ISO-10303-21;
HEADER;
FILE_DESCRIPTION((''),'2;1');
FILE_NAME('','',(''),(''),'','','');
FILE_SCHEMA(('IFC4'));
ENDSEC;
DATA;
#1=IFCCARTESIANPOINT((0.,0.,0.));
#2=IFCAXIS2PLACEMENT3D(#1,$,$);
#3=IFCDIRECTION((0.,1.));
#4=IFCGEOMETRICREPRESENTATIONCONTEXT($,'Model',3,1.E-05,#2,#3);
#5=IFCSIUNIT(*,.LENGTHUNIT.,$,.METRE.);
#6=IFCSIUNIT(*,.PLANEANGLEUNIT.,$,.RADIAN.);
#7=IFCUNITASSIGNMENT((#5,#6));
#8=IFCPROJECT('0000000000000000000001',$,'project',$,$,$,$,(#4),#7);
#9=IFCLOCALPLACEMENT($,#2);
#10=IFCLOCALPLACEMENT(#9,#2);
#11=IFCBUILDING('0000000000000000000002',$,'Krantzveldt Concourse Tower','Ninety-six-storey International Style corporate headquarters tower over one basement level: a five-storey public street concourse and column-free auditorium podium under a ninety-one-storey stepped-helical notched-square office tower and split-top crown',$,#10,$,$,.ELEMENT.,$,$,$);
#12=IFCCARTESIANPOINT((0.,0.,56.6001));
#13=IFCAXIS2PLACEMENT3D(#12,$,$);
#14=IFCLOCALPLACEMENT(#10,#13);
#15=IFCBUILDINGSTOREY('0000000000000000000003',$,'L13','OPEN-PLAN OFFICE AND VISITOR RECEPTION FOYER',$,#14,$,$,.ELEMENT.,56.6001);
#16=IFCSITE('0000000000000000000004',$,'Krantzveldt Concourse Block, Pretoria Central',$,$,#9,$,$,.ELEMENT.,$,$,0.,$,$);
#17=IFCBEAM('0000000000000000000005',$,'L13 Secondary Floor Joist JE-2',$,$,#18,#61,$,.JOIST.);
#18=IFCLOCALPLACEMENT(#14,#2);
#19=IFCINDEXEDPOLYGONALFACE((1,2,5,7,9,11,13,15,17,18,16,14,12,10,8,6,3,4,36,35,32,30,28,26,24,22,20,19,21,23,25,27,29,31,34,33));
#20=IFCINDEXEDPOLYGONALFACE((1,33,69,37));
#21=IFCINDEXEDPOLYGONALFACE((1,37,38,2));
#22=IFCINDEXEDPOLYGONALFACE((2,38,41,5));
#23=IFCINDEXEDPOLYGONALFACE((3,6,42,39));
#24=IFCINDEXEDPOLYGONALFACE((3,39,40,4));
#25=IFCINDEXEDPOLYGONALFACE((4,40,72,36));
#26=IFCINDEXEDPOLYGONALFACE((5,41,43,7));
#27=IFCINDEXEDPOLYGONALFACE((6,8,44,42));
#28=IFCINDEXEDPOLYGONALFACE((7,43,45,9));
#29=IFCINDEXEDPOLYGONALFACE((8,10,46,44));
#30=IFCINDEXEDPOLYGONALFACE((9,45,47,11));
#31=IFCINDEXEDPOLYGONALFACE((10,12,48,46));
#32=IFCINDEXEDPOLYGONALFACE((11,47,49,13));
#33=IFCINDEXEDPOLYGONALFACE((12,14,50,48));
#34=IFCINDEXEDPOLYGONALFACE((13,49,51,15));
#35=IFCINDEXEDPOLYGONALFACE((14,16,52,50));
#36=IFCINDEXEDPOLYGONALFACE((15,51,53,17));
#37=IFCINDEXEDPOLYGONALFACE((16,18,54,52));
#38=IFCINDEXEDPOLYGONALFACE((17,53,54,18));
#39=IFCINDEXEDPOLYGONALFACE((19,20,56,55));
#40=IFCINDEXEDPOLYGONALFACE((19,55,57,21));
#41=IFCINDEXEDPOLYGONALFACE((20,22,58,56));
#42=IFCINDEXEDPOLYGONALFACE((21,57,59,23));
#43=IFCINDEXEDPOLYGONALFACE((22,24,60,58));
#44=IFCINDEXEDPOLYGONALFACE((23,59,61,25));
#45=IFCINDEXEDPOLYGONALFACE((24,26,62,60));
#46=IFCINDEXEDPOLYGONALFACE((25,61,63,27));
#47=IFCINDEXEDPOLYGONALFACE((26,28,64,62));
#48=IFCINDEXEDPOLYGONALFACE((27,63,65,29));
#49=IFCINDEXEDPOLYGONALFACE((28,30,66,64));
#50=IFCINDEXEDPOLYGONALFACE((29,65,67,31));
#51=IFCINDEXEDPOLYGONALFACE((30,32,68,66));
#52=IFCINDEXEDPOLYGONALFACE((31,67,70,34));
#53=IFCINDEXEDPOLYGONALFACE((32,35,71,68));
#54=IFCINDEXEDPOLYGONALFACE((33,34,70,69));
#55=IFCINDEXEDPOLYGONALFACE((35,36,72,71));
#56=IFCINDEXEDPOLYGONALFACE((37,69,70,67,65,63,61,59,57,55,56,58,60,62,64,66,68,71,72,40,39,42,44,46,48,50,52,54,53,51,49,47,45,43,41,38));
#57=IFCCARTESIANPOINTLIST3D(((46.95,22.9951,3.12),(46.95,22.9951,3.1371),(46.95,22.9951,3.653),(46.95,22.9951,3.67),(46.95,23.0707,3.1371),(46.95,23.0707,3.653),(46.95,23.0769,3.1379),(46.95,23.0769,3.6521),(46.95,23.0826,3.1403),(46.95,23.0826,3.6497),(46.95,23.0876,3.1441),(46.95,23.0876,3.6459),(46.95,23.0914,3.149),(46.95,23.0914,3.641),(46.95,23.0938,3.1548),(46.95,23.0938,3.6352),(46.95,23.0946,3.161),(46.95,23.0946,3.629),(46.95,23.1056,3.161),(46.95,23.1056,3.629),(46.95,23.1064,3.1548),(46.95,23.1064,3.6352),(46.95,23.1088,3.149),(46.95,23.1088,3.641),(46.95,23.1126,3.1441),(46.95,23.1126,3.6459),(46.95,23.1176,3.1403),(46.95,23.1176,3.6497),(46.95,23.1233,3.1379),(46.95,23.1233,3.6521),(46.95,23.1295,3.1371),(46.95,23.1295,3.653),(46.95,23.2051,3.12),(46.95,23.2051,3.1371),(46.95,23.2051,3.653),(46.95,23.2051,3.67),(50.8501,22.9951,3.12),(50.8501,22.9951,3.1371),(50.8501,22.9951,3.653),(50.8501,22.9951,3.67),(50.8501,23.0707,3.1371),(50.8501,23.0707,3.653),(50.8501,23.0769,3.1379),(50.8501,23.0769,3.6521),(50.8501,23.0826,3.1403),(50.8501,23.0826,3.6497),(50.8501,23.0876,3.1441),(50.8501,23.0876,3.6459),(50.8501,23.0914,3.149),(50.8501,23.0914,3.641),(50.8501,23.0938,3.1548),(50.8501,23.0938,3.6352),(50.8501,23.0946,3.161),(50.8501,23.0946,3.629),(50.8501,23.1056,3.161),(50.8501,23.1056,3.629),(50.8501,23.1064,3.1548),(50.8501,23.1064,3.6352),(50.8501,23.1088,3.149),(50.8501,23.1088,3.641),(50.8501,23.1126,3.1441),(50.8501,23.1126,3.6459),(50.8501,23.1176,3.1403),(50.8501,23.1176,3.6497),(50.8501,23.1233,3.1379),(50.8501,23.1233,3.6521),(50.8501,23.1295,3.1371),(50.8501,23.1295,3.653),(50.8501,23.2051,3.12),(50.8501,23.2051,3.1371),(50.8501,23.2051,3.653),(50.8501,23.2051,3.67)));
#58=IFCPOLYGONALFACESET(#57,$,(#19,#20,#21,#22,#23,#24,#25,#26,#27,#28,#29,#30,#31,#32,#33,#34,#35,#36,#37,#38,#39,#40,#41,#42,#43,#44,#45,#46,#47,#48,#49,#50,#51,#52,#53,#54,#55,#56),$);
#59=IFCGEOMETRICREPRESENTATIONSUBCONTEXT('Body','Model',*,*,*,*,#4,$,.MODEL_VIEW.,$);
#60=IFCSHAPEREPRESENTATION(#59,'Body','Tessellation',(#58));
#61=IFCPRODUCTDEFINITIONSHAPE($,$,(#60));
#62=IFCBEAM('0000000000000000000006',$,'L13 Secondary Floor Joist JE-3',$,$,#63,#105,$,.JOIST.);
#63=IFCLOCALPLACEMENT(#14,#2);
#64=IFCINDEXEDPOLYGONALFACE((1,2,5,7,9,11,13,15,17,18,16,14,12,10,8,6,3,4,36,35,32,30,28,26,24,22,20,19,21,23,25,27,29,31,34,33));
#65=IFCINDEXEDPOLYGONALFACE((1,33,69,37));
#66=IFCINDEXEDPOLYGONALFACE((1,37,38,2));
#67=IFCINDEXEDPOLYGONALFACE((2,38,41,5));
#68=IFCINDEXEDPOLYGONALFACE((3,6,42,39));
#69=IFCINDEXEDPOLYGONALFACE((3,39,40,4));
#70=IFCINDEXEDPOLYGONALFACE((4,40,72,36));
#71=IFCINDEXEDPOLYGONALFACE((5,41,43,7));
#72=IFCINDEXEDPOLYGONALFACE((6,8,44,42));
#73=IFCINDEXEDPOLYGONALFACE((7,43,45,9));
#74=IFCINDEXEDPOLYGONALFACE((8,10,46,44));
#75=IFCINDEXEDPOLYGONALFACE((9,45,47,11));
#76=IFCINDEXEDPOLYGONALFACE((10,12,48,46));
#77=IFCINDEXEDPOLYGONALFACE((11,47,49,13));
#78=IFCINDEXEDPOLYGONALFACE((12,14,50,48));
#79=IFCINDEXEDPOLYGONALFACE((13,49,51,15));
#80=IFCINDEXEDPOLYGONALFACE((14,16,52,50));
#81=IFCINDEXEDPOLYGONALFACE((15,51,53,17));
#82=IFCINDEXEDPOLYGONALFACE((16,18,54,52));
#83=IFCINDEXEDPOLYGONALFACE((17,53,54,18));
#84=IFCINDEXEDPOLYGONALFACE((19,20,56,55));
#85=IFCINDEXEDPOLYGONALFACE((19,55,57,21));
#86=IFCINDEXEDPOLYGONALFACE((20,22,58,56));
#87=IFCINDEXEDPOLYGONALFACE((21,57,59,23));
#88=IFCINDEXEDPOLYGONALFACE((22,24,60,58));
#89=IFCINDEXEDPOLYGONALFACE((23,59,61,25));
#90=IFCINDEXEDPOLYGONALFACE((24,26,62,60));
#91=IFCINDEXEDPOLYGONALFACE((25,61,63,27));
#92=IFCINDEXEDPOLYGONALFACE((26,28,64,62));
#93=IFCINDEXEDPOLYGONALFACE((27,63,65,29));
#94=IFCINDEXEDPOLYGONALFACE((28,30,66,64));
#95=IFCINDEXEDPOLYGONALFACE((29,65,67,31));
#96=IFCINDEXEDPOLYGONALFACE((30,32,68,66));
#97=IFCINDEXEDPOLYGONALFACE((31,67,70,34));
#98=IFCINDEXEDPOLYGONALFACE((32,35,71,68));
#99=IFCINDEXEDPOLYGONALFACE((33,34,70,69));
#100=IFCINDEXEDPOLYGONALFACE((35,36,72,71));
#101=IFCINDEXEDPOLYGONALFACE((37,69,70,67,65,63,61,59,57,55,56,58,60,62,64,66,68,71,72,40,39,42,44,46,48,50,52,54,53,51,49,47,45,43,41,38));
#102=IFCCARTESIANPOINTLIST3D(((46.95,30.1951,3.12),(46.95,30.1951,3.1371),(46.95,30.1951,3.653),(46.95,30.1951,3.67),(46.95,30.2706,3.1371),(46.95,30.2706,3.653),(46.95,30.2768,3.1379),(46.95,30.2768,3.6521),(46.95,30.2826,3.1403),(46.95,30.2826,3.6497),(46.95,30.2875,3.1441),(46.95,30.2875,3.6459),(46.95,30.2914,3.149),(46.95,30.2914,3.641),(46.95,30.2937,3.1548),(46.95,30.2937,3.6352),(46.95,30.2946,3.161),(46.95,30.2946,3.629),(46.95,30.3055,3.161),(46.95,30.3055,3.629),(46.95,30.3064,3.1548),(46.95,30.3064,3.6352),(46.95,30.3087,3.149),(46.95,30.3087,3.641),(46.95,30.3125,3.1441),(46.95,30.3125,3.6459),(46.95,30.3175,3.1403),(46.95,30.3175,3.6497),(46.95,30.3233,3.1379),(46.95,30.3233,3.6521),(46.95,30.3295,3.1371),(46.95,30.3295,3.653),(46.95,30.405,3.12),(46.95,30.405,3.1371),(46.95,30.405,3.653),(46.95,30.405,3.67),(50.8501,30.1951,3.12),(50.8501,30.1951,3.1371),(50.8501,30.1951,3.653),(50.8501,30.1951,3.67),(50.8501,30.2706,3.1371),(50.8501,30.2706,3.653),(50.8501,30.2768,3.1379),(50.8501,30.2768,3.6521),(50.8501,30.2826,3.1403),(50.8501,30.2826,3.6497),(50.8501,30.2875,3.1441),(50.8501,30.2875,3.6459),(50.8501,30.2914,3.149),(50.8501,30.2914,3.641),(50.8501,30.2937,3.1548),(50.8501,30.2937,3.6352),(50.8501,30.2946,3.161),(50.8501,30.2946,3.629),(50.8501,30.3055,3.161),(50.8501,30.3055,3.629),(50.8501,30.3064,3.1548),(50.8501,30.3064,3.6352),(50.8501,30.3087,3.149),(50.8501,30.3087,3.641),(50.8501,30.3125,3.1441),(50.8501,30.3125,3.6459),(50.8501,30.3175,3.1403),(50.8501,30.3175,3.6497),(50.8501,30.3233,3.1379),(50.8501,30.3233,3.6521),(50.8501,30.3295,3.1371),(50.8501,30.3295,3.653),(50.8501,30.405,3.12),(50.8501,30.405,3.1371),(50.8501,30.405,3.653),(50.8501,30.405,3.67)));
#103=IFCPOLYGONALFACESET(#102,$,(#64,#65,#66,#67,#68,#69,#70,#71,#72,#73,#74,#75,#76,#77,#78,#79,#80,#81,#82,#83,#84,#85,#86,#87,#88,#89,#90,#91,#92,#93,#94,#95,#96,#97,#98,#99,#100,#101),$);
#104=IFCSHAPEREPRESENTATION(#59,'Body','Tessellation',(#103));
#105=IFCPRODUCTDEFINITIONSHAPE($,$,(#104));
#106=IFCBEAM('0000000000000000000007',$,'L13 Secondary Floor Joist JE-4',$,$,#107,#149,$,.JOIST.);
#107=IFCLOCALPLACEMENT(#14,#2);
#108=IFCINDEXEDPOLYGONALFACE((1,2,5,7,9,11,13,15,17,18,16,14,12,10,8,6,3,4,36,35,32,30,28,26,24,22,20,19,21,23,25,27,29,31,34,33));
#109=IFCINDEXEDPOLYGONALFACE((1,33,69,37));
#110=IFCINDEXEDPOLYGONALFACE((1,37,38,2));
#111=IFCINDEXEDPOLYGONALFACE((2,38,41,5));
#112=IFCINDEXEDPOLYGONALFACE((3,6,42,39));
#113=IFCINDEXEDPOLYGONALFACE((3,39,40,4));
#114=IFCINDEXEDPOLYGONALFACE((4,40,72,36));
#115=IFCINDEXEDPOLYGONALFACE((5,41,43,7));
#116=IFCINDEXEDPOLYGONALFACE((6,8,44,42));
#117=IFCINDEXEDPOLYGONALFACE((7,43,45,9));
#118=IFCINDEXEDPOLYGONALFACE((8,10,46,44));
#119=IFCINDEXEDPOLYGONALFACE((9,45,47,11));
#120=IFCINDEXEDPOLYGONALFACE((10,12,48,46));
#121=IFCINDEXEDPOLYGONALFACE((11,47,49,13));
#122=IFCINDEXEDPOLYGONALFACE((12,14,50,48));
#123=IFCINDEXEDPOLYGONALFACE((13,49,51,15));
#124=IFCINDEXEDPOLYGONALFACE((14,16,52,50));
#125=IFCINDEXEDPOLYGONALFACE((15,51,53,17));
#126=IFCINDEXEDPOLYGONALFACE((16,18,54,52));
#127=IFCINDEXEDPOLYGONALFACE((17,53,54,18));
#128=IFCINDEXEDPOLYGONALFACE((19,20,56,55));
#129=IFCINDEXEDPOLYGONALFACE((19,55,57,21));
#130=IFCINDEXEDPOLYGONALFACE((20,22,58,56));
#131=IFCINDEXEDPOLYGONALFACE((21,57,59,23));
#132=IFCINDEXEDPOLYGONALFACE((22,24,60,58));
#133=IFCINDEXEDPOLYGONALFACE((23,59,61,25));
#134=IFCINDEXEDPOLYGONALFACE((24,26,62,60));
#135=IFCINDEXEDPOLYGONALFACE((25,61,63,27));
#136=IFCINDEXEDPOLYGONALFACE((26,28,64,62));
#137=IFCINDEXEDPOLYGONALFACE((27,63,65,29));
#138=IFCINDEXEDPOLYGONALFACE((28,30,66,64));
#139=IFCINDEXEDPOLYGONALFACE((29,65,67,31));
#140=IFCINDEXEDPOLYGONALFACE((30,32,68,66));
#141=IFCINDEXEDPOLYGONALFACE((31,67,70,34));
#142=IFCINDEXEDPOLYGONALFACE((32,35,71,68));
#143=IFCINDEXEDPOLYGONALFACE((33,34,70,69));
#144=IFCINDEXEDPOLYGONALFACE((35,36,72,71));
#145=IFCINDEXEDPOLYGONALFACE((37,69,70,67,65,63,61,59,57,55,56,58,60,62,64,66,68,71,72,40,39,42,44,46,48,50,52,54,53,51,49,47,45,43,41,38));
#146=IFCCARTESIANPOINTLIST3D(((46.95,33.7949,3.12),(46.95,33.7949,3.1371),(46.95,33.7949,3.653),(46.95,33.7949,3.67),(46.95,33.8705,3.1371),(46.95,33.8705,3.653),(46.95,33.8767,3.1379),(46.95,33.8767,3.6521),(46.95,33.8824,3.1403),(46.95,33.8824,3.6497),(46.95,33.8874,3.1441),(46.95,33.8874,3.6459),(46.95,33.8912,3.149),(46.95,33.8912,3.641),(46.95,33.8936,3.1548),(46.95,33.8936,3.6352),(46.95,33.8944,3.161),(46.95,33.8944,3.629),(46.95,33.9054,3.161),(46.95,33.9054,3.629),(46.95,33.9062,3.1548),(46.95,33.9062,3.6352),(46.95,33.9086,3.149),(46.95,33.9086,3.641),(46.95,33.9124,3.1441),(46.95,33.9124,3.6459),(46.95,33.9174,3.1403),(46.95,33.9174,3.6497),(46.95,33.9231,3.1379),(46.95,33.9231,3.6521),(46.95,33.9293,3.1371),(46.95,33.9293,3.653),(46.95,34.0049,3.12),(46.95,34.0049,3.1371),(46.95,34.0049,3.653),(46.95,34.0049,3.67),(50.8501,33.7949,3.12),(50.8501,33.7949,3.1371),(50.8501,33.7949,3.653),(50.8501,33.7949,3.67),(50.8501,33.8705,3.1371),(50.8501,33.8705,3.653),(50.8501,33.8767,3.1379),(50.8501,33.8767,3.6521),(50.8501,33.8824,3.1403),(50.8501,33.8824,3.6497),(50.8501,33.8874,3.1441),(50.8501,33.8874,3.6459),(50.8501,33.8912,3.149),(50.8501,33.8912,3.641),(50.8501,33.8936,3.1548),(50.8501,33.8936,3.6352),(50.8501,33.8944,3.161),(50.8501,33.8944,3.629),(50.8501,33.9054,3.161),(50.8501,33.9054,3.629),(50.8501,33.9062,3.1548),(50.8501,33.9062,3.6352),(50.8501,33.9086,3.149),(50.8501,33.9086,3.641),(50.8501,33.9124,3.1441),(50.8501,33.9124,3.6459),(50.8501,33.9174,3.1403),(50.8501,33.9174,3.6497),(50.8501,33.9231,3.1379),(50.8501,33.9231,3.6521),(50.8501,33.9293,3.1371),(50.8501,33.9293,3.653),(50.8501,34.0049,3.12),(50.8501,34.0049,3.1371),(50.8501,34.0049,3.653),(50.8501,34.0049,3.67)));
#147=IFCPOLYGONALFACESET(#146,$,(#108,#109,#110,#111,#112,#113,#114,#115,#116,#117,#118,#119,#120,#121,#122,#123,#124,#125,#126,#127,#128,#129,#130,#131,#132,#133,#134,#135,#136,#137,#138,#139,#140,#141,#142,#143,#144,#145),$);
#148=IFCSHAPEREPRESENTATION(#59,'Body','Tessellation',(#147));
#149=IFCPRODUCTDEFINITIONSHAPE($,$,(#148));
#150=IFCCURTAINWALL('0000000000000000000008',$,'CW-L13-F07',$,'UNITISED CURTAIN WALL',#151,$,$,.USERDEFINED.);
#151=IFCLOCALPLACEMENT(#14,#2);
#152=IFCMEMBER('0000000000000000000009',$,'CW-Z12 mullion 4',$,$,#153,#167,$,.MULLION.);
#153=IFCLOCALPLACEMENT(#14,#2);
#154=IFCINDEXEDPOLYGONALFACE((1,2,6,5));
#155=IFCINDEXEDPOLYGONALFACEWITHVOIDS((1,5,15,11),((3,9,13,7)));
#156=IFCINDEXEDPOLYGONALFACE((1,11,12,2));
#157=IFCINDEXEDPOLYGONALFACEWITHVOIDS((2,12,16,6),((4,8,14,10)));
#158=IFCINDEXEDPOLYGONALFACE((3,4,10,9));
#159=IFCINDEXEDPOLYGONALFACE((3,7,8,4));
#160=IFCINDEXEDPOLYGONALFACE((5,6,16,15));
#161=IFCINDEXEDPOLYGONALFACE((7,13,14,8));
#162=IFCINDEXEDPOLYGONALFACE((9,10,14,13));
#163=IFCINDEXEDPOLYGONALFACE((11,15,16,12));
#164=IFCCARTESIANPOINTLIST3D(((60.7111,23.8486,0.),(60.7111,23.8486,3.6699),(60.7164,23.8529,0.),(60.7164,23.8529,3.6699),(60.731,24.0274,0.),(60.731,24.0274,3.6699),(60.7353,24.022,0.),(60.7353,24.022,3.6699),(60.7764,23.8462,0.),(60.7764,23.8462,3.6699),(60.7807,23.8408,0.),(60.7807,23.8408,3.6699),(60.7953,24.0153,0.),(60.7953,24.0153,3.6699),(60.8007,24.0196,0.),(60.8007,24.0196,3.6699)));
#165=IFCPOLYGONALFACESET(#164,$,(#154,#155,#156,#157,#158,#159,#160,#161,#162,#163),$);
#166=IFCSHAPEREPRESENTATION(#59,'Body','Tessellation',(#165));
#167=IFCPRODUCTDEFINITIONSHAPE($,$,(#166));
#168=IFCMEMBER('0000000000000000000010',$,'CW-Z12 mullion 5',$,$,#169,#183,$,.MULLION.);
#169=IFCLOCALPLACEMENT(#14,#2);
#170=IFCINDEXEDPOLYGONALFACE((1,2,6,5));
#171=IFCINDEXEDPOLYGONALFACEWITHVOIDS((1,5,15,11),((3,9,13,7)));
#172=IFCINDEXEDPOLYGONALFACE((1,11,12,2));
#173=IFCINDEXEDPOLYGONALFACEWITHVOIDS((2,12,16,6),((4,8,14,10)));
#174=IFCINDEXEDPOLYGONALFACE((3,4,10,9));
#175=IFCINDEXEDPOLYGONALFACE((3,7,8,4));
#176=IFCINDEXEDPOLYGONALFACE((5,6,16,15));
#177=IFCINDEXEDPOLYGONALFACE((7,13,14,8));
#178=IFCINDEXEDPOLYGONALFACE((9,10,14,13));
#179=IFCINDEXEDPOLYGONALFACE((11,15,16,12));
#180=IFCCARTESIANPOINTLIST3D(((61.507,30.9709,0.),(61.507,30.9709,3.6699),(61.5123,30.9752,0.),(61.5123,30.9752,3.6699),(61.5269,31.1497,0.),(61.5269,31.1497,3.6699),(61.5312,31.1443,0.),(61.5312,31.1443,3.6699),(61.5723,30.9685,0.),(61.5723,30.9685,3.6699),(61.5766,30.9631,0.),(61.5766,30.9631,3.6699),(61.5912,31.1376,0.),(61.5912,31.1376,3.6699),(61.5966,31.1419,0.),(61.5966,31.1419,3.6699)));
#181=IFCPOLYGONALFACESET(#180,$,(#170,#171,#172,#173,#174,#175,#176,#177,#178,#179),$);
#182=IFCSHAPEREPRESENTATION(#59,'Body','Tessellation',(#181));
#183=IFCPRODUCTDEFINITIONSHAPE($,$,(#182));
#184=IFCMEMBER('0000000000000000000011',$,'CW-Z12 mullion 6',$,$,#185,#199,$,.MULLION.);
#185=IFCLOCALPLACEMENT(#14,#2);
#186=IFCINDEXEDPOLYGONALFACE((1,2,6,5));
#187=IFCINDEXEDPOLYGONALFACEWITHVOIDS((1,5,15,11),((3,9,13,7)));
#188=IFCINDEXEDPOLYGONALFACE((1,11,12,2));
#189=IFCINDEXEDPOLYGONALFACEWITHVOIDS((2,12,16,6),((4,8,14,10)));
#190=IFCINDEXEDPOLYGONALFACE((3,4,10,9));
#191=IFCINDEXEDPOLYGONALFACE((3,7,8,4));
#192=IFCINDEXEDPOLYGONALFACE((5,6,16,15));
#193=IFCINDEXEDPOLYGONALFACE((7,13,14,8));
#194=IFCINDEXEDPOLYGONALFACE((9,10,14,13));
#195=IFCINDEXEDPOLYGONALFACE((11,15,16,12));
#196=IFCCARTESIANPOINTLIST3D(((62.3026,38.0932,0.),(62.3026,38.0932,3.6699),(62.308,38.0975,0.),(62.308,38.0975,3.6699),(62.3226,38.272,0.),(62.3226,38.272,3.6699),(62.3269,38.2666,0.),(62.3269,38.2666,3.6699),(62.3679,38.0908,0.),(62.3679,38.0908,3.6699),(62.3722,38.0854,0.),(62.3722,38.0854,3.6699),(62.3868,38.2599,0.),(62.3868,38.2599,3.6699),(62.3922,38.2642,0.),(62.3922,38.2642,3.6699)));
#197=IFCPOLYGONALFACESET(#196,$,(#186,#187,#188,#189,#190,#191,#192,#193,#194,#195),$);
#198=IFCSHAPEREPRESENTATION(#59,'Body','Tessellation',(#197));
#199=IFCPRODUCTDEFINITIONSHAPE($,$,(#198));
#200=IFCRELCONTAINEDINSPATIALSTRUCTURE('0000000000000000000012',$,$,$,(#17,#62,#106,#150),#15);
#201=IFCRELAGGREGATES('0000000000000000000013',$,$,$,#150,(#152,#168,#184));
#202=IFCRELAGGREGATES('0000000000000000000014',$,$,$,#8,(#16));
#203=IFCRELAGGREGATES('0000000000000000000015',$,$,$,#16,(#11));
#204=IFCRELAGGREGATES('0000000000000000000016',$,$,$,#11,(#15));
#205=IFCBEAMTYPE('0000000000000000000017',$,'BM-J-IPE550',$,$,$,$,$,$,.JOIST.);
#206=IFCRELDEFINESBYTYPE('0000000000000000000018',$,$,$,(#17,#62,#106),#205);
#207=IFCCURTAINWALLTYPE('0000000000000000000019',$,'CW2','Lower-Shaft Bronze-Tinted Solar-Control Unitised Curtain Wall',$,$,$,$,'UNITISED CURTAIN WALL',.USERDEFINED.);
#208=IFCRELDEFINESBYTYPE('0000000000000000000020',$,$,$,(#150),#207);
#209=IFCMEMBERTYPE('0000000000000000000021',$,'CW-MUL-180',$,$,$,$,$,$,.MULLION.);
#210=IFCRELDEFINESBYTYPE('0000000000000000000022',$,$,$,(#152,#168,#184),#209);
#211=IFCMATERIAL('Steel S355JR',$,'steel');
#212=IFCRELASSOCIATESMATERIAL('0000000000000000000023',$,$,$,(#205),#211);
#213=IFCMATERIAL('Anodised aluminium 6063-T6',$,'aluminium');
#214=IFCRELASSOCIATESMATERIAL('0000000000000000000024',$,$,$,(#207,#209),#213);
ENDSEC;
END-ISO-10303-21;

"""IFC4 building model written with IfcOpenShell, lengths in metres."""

from ifc_helpers import new_model, si_unit, direction, frame, origin, origin_2d, place, context, subcontext, project, spatial, hollow_rectangle, i_section, extrude, source, transform, mapped, material, material_profile, profile_set, type_object, type_shapes, element, aggregate, save


model = new_model("IFC4")

# Units and contexts
model_context = context("Model", 3, precision=1e-05, world=origin(), true_north=direction((0.0, 1.0)))
body_context = subcontext(model_context, "Body", "Model", "MODEL_VIEW")
ifc_project = project(units=[si_unit("LENGTHUNIT", "METRE"), si_unit("PLANEANGLEUNIT", "RADIAN")], contexts=[model_context])

# Site, building, storey
site_placement = place(None, origin())
site = spatial("IfcSite", under=ifc_project, at=site_placement, Name="Krantzveldt Concourse Block, Pretoria Central", CompositionType="ELEMENT", RefElevation=0.0)
building_placement = place(site_placement, origin())
building = spatial("IfcBuilding", under=site, at=building_placement, Name="Krantzveldt Concourse Tower", Description="Ninety-six-storey International Style corporate headquarters tower over one basement level: a five-storey public street concourse and column-free auditorium podium under a ninety-one-storey stepped-helical notched-square office tower and split-top crown", CompositionType="ELEMENT")
storey_placement = place(building_placement, frame((0.0, 0.0, 56.6001)))
storey = spatial("IfcBuildingStorey", under=building, at=storey_placement, Name="L13", Description="OPEN-PLAN OFFICE AND VISITOR RECEPTION FOYER", CompositionType="ELEMENT", Elevation=56.6001)

# Beams
ifc_material_1 = material(Name="Steel S355JR", Category="steel")
ifc_material_profile_1 = material_profile(ifc_material_1, i_section(OverallWidth=0.21, OverallDepth=0.55, WebThickness=0.011, FlangeThickness=0.0171, FilletRadius=0.0239, at=origin_2d()), Name="Steel S355JR", Category="steel")
ifc_profile_set_1 = profile_set([ifc_material_profile_1], Name="Steel S355JR - IPE 550")
beam_type_1 = type_object("IfcBeamType", Name="BM-J-IPE550", PredefinedType="JOIST", material=ifc_profile_set_1)
shared_shape_1 = source(origin(), body_context, "Body", "SweptSolid", [
    extrude(i_section(OverallWidth=0.21, OverallDepth=0.55, WebThickness=0.011, FlangeThickness=0.0171, FilletRadius=0.0239, at=origin_2d()), origin(), (0.0, 0.0, 1.0), 3.9001),
])
type_shapes(beam_type_1, [shared_shape_1])
for number, where, z_axis, x_axis, name in (
    (1, (46.95, 23.1001, 3.395), (1.0, 0.0, 0.0), (0.0, 1.0, 0.0), "L13 Secondary Floor Joist JE-2"),
    (2, (46.95, 30.3, 3.395), (1.0, 0.0, 0.0), (0.0, 1.0, 0.0), "L13 Secondary Floor Joist JE-3"),
    (3, (46.95, 33.8999, 3.395), (1.0, 0.0, 0.0), (0.0, 1.0, 0.0), "L13 Secondary Floor Joist JE-4"),
):
    element("IfcBeam", number, at=place(storey_placement, frame(where, z_axis=z_axis, x_axis=x_axis)), inside=storey, type_object=beam_type_1, Name=name, PredefinedType="JOIST", context=body_context, shape_type="MappedRepresentation", body=[
        mapped(shared_shape_1, transform((0.0, 0.0, 0.0), x_axis=(1.0, 0.0, 0.0), y_axis=(0.0, 1.0, 0.0), z_axis=(0.0, 0.0, 1.0), scale=1.0)),
    ])

# Curtain wall, members
ifc_material_2 = material(Name="Anodised aluminium 6063-T6", Category="aluminium")
curtain_wall_type = type_object("IfcCurtainWallType", Name="CW2", Description="Lower-Shaft Bronze-Tinted Solar-Control Unitised Curtain Wall", ElementType="UNITISED CURTAIN WALL", PredefinedType="USERDEFINED", material=ifc_material_2)
curtain_wall_1_placement = place(storey_placement, origin())
curtain_wall_1 = element("IfcCurtainWall", 4, at=curtain_wall_1_placement, inside=storey, type_object=curtain_wall_type, Name="CW-L13-F07", ObjectType="UNITISED CURTAIN WALL", PredefinedType="USERDEFINED")
ifc_material_profile_2 = material_profile(ifc_material_2, hollow_rectangle(XDim=0.0701, YDim=0.1799, WallThickness=0.0049, at=origin_2d()), Name="Anodised aluminium 6063-T6", Category="aluminium")
ifc_profile_set_2 = profile_set([ifc_material_profile_2], Name="Anodised aluminium 6063-T6 - ALU-MULL 180x70x5")
member_type_1 = type_object("IfcMemberType", Name="CW-MUL-180", PredefinedType="MULLION", material=ifc_profile_set_2)
shared_shape_2 = source(origin(), body_context, "Body", "SweptSolid", [
    extrude(hollow_rectangle(XDim=0.0701, YDim=0.1799, WallThickness=0.0049, at=origin_2d()), origin(), (0.0, 0.0, 1.0), 3.6699),
])
type_shapes(member_type_1, [shared_shape_2])
member_1_placement = place(storey_placement, frame((60.7559, 23.9341, 0.0), z_axis=(0.0, 0.0, 1.0), x_axis=(-0.993816, 0.111035, 0.0)))
member_1 = element("IfcMember", 5, at=member_1_placement, type_object=member_type_1, Name="CW-Z12 mullion 4", PredefinedType="MULLION", context=body_context, shape_type="MappedRepresentation", body=[
    mapped(shared_shape_2, transform((0.0, 0.0, 0.0), x_axis=(1.0, 0.0, 0.0), y_axis=(0.0, 1.0, 0.0), z_axis=(0.0, 0.0, 1.0), scale=1.0)),
])
member_2_placement = place(storey_placement, frame((61.5518, 31.0564, 0.0), z_axis=(0.0, 0.0, 1.0), x_axis=(-0.993816, 0.111035, 0.0)))
member_2 = element("IfcMember", 6, at=member_2_placement, type_object=member_type_1, Name="CW-Z12 mullion 5", PredefinedType="MULLION", context=body_context, shape_type="MappedRepresentation", body=[
    mapped(shared_shape_2, transform((0.0, 0.0, 0.0), x_axis=(1.0, 0.0, 0.0), y_axis=(0.0, 1.0, 0.0), z_axis=(0.0, 0.0, 1.0), scale=1.0)),
])
member_3_placement = place(storey_placement, frame((62.3474, 38.1787, 0.0), z_axis=(0.0, 0.0, 1.0), x_axis=(-0.993816, 0.111035, 0.0)))
member_3 = element("IfcMember", 7, at=member_3_placement, type_object=member_type_1, Name="CW-Z12 mullion 6", PredefinedType="MULLION", context=body_context, shape_type="MappedRepresentation", body=[
    mapped(shared_shape_2, transform((0.0, 0.0, 0.0), x_axis=(1.0, 0.0, 0.0), y_axis=(0.0, 1.0, 0.0), z_axis=(0.0, 0.0, 1.0), scale=1.0)),
])

aggregate(curtain_wall_1, [member_1, member_2, member_3])

save(model, "model.ifc")
